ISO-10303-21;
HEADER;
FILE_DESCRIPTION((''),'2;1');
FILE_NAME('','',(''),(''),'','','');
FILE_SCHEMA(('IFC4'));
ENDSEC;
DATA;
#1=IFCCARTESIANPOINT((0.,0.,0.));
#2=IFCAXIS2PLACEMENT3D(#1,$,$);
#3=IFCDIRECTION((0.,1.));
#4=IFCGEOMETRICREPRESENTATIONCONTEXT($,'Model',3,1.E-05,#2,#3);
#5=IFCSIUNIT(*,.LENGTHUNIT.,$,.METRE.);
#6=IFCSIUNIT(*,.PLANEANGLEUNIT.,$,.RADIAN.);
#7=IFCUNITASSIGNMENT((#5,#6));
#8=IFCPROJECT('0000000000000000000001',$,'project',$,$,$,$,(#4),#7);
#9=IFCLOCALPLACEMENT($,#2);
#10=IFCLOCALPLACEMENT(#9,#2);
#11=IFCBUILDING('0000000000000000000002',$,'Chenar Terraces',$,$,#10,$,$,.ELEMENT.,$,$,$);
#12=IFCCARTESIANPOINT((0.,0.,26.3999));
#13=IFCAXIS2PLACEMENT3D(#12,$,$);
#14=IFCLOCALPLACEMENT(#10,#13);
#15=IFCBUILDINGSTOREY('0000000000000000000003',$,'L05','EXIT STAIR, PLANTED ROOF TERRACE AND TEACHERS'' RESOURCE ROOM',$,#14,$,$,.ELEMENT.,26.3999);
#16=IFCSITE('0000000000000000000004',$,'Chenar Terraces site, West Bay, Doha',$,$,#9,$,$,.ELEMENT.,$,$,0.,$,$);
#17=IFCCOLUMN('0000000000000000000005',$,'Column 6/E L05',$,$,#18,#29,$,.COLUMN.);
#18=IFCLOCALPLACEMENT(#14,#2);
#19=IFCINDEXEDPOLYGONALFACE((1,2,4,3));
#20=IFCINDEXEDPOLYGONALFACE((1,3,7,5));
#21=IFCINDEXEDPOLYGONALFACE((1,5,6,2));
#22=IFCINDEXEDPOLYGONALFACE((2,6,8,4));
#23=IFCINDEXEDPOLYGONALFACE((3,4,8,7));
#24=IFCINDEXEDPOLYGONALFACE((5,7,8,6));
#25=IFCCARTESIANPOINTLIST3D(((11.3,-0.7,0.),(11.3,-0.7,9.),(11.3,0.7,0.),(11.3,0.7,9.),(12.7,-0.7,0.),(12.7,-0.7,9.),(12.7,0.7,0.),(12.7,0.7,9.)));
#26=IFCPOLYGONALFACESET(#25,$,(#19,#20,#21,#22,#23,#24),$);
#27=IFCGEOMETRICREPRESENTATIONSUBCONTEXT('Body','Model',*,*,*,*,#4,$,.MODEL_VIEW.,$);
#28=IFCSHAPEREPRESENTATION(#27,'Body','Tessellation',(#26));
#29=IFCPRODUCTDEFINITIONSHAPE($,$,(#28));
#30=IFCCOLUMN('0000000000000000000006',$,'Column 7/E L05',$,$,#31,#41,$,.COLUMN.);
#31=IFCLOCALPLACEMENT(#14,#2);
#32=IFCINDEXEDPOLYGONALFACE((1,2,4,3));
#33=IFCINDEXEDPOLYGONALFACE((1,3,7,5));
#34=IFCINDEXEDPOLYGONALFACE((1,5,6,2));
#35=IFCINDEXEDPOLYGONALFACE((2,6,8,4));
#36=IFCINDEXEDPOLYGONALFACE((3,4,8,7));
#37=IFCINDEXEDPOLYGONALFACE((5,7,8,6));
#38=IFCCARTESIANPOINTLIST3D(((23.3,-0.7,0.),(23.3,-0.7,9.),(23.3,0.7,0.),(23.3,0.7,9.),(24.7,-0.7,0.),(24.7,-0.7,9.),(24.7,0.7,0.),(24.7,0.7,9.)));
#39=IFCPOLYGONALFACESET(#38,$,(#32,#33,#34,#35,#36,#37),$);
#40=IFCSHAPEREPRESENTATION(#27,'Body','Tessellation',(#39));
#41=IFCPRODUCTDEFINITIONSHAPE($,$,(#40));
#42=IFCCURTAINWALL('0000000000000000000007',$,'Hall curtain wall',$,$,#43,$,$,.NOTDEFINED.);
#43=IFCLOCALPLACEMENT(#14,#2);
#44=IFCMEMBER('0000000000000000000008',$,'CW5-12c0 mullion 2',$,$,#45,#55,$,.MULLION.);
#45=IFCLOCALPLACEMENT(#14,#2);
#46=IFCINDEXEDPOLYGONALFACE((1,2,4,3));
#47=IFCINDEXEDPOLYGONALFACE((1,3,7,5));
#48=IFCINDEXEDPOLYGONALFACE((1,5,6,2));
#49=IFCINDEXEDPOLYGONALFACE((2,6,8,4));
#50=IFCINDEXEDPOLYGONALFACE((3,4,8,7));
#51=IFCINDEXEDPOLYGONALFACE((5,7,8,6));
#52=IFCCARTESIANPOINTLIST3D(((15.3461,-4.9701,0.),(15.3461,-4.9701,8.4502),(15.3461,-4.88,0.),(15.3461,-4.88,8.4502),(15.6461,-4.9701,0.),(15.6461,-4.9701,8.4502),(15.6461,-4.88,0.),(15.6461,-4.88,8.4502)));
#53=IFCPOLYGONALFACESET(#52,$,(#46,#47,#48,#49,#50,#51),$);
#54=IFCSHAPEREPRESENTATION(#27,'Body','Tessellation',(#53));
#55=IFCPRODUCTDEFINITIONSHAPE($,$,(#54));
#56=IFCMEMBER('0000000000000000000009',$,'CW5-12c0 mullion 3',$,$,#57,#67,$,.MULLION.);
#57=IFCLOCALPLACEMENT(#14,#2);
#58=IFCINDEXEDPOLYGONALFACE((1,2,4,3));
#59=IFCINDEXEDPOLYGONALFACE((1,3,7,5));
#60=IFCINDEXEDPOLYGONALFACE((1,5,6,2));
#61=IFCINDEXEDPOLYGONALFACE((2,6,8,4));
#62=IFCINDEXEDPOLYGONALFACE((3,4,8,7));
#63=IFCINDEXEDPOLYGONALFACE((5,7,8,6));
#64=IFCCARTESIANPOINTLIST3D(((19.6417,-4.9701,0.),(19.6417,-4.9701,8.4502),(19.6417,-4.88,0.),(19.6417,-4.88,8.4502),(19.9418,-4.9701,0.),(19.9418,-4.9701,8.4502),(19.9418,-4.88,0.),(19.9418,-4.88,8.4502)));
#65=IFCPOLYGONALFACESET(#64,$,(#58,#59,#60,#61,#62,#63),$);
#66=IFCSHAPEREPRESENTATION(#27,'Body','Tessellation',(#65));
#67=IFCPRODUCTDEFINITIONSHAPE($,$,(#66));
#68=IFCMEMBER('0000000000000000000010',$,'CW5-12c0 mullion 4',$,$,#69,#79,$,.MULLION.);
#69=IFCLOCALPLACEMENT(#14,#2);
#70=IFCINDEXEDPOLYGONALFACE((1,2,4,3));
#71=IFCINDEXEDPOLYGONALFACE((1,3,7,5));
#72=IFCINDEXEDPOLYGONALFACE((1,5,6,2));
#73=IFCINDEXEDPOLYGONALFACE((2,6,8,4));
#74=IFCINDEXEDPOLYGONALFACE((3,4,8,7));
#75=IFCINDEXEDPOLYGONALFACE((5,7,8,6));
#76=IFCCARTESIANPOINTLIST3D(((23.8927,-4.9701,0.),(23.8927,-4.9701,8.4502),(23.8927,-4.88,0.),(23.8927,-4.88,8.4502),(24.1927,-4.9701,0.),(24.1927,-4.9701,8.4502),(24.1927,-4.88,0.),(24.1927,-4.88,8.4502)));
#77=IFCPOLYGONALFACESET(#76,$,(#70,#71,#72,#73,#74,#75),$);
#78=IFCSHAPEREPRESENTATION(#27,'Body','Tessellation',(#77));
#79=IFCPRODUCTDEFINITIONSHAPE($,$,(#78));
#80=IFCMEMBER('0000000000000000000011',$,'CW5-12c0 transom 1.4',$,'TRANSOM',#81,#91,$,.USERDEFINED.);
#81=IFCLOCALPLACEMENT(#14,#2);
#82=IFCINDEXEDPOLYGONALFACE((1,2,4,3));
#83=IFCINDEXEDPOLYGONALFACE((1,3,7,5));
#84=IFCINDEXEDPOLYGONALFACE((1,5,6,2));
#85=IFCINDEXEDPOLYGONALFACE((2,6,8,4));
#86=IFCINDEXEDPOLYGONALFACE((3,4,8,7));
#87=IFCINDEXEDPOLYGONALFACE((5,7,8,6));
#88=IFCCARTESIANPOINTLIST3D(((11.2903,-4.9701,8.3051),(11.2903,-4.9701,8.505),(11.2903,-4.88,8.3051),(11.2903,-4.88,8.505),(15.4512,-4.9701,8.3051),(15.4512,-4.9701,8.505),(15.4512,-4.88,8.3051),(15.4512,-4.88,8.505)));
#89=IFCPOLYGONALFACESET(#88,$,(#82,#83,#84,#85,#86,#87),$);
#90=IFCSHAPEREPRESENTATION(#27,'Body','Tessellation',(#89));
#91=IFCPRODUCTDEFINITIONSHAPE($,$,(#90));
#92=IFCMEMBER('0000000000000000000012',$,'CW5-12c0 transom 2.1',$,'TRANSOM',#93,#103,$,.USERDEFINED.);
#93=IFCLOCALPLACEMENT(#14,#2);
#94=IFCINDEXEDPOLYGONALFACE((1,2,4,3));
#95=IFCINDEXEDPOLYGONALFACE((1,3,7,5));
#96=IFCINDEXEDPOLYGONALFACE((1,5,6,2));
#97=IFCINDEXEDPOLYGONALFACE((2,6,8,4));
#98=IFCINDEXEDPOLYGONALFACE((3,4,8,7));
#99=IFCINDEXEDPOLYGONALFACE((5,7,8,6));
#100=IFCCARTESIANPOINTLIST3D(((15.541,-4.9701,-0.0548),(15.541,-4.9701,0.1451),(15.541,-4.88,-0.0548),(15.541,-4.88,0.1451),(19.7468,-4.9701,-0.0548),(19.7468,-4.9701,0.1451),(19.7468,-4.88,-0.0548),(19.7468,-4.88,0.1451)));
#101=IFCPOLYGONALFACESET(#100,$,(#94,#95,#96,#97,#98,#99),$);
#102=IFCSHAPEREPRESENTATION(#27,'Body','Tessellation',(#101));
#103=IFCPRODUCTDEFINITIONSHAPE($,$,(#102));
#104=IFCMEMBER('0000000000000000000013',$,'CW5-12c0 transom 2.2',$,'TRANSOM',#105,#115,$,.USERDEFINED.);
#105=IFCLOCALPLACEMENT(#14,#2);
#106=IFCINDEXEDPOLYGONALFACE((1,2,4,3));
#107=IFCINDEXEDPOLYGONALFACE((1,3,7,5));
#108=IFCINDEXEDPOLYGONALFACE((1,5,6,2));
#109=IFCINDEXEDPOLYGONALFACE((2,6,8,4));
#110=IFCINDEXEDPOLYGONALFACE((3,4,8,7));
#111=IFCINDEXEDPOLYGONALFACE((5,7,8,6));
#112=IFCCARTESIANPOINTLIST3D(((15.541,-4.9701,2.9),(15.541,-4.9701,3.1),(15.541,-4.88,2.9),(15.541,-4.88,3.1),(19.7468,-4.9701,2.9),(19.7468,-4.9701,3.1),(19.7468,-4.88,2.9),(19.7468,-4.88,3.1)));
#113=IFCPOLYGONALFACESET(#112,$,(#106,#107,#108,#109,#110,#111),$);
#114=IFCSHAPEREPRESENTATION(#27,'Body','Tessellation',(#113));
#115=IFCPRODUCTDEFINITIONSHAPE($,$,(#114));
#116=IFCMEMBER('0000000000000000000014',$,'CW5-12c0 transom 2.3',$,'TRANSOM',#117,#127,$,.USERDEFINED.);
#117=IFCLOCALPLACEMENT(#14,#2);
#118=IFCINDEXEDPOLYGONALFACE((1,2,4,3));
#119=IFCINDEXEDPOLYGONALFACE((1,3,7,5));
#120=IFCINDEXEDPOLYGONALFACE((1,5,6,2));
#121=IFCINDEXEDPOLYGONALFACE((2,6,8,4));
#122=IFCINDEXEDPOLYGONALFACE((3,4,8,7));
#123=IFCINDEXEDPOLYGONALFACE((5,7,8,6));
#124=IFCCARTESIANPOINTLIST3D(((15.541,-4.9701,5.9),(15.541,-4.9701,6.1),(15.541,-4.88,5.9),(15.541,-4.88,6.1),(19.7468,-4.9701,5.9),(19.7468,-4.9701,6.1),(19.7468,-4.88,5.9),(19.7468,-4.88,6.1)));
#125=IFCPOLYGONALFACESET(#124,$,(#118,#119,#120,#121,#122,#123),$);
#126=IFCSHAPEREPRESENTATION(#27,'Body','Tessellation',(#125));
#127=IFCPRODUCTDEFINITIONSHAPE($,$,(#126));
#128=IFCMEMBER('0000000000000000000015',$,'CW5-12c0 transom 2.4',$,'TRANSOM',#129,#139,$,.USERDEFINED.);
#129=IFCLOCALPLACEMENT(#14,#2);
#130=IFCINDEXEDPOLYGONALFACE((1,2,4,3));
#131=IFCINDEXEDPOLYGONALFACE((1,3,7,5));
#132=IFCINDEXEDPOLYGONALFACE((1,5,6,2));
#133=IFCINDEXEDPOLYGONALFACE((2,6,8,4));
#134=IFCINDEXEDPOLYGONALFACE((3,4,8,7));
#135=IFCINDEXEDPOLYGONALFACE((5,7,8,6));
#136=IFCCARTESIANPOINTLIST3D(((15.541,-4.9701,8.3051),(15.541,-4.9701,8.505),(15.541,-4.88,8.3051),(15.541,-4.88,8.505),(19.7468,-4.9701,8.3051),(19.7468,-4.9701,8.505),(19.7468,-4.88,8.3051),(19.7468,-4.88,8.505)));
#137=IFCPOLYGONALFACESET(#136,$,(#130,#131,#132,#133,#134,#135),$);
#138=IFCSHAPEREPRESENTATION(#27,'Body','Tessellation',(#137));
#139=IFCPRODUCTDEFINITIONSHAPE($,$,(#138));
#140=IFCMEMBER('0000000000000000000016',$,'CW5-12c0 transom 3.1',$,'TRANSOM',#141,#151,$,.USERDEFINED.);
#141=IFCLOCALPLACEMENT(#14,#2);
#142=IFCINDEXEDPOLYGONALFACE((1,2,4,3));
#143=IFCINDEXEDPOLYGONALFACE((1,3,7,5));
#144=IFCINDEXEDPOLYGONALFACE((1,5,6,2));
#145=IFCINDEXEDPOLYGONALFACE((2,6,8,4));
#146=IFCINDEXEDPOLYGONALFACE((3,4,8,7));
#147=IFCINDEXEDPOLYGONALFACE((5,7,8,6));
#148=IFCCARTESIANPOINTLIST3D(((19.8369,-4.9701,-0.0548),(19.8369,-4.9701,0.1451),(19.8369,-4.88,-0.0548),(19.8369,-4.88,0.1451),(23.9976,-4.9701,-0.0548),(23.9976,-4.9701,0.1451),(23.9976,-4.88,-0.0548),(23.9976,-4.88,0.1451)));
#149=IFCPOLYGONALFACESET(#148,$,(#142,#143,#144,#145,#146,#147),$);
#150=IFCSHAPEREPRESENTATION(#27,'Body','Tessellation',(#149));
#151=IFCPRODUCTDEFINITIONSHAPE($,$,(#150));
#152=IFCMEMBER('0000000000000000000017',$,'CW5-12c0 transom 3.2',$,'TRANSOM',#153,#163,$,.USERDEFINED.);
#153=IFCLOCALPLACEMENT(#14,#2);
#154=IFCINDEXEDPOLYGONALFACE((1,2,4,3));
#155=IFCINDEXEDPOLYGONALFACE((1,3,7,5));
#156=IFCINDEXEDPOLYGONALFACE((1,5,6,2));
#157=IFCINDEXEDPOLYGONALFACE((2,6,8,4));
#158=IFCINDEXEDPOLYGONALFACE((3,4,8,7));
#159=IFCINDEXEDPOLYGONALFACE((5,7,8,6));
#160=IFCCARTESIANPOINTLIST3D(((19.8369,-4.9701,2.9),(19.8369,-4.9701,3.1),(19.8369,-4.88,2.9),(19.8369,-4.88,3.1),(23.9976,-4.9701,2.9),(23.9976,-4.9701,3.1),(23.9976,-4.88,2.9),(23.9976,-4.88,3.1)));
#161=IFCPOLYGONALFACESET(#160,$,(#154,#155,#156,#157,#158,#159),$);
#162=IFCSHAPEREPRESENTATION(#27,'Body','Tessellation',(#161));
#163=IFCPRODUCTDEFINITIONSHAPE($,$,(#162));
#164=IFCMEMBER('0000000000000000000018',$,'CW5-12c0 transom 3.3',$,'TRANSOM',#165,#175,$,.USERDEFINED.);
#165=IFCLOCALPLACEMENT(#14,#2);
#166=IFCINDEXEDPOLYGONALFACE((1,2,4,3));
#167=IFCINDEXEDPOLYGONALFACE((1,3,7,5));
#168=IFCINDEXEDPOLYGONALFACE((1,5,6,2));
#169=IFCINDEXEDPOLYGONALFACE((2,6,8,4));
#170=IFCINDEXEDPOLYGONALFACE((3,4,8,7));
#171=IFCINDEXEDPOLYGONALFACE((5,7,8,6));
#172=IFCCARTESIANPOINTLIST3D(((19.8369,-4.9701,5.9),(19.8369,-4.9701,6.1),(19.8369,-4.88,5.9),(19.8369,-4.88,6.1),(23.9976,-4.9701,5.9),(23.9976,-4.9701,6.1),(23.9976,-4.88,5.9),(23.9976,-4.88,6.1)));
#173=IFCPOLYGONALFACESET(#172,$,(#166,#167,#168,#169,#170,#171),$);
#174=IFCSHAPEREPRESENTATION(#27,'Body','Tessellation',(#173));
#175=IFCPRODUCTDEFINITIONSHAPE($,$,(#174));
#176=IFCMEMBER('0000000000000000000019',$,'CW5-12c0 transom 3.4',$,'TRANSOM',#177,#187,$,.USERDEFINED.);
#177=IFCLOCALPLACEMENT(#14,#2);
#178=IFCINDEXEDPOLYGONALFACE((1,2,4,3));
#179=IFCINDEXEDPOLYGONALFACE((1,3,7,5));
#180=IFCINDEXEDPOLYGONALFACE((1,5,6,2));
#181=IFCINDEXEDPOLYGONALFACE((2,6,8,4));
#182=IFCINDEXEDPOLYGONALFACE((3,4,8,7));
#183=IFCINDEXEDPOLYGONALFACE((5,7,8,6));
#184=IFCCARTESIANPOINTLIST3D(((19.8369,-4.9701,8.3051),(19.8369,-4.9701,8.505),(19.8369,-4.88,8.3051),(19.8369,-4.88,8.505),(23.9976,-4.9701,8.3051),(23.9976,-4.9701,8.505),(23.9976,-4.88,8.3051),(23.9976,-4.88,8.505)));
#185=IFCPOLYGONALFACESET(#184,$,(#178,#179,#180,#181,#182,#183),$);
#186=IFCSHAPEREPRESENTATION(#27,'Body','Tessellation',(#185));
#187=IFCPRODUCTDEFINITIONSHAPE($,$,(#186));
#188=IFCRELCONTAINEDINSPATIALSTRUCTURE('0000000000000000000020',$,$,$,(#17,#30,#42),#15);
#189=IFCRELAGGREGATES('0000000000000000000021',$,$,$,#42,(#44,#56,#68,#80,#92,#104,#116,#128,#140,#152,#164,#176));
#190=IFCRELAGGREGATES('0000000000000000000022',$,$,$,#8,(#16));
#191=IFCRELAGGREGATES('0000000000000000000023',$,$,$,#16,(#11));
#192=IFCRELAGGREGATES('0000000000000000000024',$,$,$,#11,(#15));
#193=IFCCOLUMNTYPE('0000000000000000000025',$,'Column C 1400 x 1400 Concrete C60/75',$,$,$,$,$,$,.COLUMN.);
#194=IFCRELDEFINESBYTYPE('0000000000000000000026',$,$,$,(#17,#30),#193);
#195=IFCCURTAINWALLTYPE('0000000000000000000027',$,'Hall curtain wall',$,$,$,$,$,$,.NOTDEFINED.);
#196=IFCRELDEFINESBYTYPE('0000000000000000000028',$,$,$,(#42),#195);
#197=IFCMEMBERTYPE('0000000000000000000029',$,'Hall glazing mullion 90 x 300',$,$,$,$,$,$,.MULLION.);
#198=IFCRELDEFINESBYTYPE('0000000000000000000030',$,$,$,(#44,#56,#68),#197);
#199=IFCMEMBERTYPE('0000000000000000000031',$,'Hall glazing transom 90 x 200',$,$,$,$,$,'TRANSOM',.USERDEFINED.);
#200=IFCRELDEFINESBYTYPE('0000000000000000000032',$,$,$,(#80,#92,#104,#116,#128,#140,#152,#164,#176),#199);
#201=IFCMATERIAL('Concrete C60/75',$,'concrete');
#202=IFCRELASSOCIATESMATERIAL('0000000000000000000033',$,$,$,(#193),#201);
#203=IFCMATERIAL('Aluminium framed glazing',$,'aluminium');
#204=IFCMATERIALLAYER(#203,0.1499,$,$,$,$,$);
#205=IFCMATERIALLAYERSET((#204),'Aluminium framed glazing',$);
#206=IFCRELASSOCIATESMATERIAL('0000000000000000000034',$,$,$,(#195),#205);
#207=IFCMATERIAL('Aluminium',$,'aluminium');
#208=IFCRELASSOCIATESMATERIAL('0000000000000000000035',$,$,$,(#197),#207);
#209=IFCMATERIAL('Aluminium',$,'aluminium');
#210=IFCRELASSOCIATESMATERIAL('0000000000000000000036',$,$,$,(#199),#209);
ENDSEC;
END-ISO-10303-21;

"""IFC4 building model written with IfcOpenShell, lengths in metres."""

from ifc_helpers import new_model, si_unit, direction, frame, origin, origin_2d, place, context, subcontext, project, spatial, rectangle, extrude, material, layer, layer_set, material_profile, profile_set, type_object, element, aggregate, save


model = new_model("IFC4")

# Units and contexts
model_context = context("Model", 3, precision=1e-05, world=origin(), true_north=direction((0.0, 1.0)))
body_context = subcontext(model_context, "Body", "Model", "MODEL_VIEW")
ifc_project = project(units=[si_unit("LENGTHUNIT", "METRE"), si_unit("PLANEANGLEUNIT", "RADIAN")], contexts=[model_context])

# Site, building, storey
site_placement = place(None, origin())
site = spatial("IfcSite", under=ifc_project, at=site_placement, Name="Chenar Terraces site, West Bay, Doha", CompositionType="ELEMENT", RefElevation=0.0)
building_placement = place(site_placement, origin())
building = spatial("IfcBuilding", under=site, at=building_placement, Name="Chenar Terraces", CompositionType="ELEMENT")
storey_placement = place(building_placement, frame((0.0, 0.0, 26.3999)))
storey = spatial("IfcBuildingStorey", under=building, at=storey_placement, Name="L05", Description="EXIT STAIR, PLANTED ROOF TERRACE AND TEACHERS' RESOURCE ROOM", CompositionType="ELEMENT", Elevation=26.3999)

# Columns
ifc_material_1 = material(Name="Concrete C60/75", Category="concrete")
ifc_material_profile_1 = material_profile(ifc_material_1, rectangle(XDim=1.3999, YDim=1.3999, at=origin_2d()), Name="C 1400 x 1400")
ifc_profile_set_1 = profile_set([ifc_material_profile_1], Name="Concrete C60/75")
column_type = type_object("IfcColumnType", Name="Column C 1400 x 1400 Concrete C60/75", PredefinedType="COLUMN", material=ifc_profile_set_1)
for number, where, z_axis, x_axis, name in (
    (1, (12.0, 0.0, 0.0), (0.0, 0.0, 1.0), (1.0, 0.0, 0.0), "Column 6/E L05"),
    (2, (24.0, 0.0, 0.0), (0.0, 0.0, 1.0), (1.0, 0.0, 0.0), "Column 7/E L05"),
):
    element("IfcColumn", number, at=place(storey_placement, frame(where, z_axis=z_axis, x_axis=x_axis)), inside=storey, type_object=column_type, Name=name, PredefinedType="COLUMN", context=body_context, shape_type="SweptSolid", body=[
        extrude(rectangle(XDim=1.3999, YDim=1.3999, at=origin_2d()), origin(), (0.0, 0.0, 1.0), 9.0),
    ])

# Curtain wall, members
ifc_material_2 = material(Name="Aluminium framed glazing", Category="aluminium")
ifc_layer_1 = layer(ifc_material_2, 0.1499)
ifc_layer_set_1 = layer_set([ifc_layer_1], Name="Aluminium framed glazing")
curtain_wall_type = type_object("IfcCurtainWallType", Name="Hall curtain wall", PredefinedType="NOTDEFINED", material=ifc_layer_set_1)
curtain_wall_placement = place(storey_placement, origin())
curtain_wall = element("IfcCurtainWall", 3, at=curtain_wall_placement, inside=storey, type_object=curtain_wall_type, Name="Hall curtain wall", PredefinedType="NOTDEFINED")
ifc_material_3 = material(Name="Aluminium", Category="aluminium")
ifc_material_profile_2 = material_profile(ifc_material_3, rectangle(XDim=0.0901, YDim=0.3, at=origin_2d()), Name="Hall glazing mullion 90 x 300")
ifc_profile_set_2 = profile_set([ifc_material_profile_2], Name="Aluminium")
member_type_1 = type_object("IfcMemberType", Name="Hall glazing mullion 90 x 300", PredefinedType="MULLION", material=ifc_profile_set_2)
member_1_placement = place(storey_placement, frame((15.4961, -4.925, 0.0), z_axis=(0.0, 0.0, 1.0), x_axis=(0.0, 1.0, 0.0)))
member_1 = element("IfcMember", 4, at=member_1_placement, type_object=member_type_1, Name="CW5-12c0 mullion 2", PredefinedType="MULLION", context=body_context, shape_type="SweptSolid", body=[
    extrude(rectangle(XDim=0.0901, YDim=0.3, at=origin_2d()), origin(), (0.0, 0.0, 1.0), 8.4502),
])
member_2_placement = place(storey_placement, frame((19.7917, -4.925, 0.0), z_axis=(0.0, 0.0, 1.0), x_axis=(0.0, 1.0, 0.0)))
member_2 = element("IfcMember", 5, at=member_2_placement, type_object=member_type_1, Name="CW5-12c0 mullion 3", PredefinedType="MULLION", context=body_context, shape_type="SweptSolid", body=[
    extrude(rectangle(XDim=0.0901, YDim=0.3, at=origin_2d()), origin(), (0.0, 0.0, 1.0), 8.4502),
])
member_3_placement = place(storey_placement, frame((24.0427, -4.925, 0.0), z_axis=(0.0, 0.0, 1.0), x_axis=(0.0, 1.0, 0.0)))
member_3 = element("IfcMember", 6, at=member_3_placement, type_object=member_type_1, Name="CW5-12c0 mullion 4", PredefinedType="MULLION", context=body_context, shape_type="SweptSolid", body=[
    extrude(rectangle(XDim=0.0901, YDim=0.3, at=origin_2d()), origin(), (0.0, 0.0, 1.0), 8.4502),
])
ifc_material_4 = material(Name="Aluminium", Category="aluminium")
ifc_material_profile_3 = material_profile(ifc_material_4, rectangle(XDim=0.0901, YDim=0.2, at=origin_2d()), Name="Hall glazing transom 90 x 200")
ifc_profile_set_3 = profile_set([ifc_material_profile_3], Name="Aluminium")
member_type_2 = type_object("IfcMemberType", Name="Hall glazing transom 90 x 200", ElementType="TRANSOM", PredefinedType="USERDEFINED", material=ifc_profile_set_3)
member_4_placement = place(storey_placement, frame((11.2903, -4.925, 8.405), z_axis=(1.0, 0.0, 0.0), x_axis=(0.0, 1.0, 0.0)))
member_4 = element("IfcMember", 7, at=member_4_placement, type_object=member_type_2, Name="CW5-12c0 transom 1.4", ObjectType="TRANSOM", PredefinedType="USERDEFINED", context=body_context, shape_type="SweptSolid", body=[
    extrude(rectangle(XDim=0.0901, YDim=0.2, at=origin_2d()), origin(), (0.0, 0.0, 1.0), 4.1609),
])
member_5_placement = place(storey_placement, frame((15.541, -4.925, 0.0452), z_axis=(1.0, 0.0, 0.0), x_axis=(0.0, 1.0, 0.0)))
member_5 = element("IfcMember", 8, at=member_5_placement, type_object=member_type_2, Name="CW5-12c0 transom 2.1", ObjectType="TRANSOM", PredefinedType="USERDEFINED", context=body_context, shape_type="SweptSolid", body=[
    extrude(rectangle(XDim=0.0901, YDim=0.2, at=origin_2d()), origin(), (0.0, 0.0, 1.0), 4.2058),
])
member_6_placement = place(storey_placement, frame((15.541, -4.925, 3.0), z_axis=(1.0, 0.0, 0.0), x_axis=(0.0, 1.0, 0.0)))
member_6 = element("IfcMember", 9, at=member_6_placement, type_object=member_type_2, Name="CW5-12c0 transom 2.2", ObjectType="TRANSOM", PredefinedType="USERDEFINED", context=body_context, shape_type="SweptSolid", body=[
    extrude(rectangle(XDim=0.0901, YDim=0.2, at=origin_2d()), origin(), (0.0, 0.0, 1.0), 4.2058),
])
member_7_placement = place(storey_placement, frame((15.541, -4.925, 6.0), z_axis=(1.0, 0.0, 0.0), x_axis=(0.0, 1.0, 0.0)))
member_7 = element("IfcMember", 10, at=member_7_placement, type_object=member_type_2, Name="CW5-12c0 transom 2.3", ObjectType="TRANSOM", PredefinedType="USERDEFINED", context=body_context, shape_type="SweptSolid", body=[
    extrude(rectangle(XDim=0.0901, YDim=0.2, at=origin_2d()), origin(), (0.0, 0.0, 1.0), 4.2058),
])
member_8_placement = place(storey_placement, frame((15.541, -4.925, 8.405), z_axis=(1.0, 0.0, 0.0), x_axis=(0.0, 1.0, 0.0)))
member_8 = element("IfcMember", 11, at=member_8_placement, type_object=member_type_2, Name="CW5-12c0 transom 2.4", ObjectType="TRANSOM", PredefinedType="USERDEFINED", context=body_context, shape_type="SweptSolid", body=[
    extrude(rectangle(XDim=0.0901, YDim=0.2, at=origin_2d()), origin(), (0.0, 0.0, 1.0), 4.2058),
])
member_9_placement = place(storey_placement, frame((19.8369, -4.925, 0.0452), z_axis=(1.0, 0.0, 0.0), x_axis=(0.0, 1.0, 0.0)))
member_9 = element("IfcMember", 12, at=member_9_placement, type_object=member_type_2, Name="CW5-12c0 transom 3.1", ObjectType="TRANSOM", PredefinedType="USERDEFINED", context=body_context, shape_type="SweptSolid", body=[
    extrude(rectangle(XDim=0.0901, YDim=0.2, at=origin_2d()), origin(), (0.0, 0.0, 1.0), 4.1606),
])
member_10_placement = place(storey_placement, frame((19.8369, -4.925, 3.0), z_axis=(1.0, 0.0, 0.0), x_axis=(0.0, 1.0, 0.0)))
member_10 = element("IfcMember", 13, at=member_10_placement, type_object=member_type_2, Name="CW5-12c0 transom 3.2", ObjectType="TRANSOM", PredefinedType="USERDEFINED", context=body_context, shape_type="SweptSolid", body=[
    extrude(rectangle(XDim=0.0901, YDim=0.2, at=origin_2d()), origin(), (0.0, 0.0, 1.0), 4.1606),
])
member_11_placement = place(storey_placement, frame((19.8369, -4.925, 6.0), z_axis=(1.0, 0.0, 0.0), x_axis=(0.0, 1.0, 0.0)))
member_11 = element("IfcMember", 14, at=member_11_placement, type_object=member_type_2, Name="CW5-12c0 transom 3.3", ObjectType="TRANSOM", PredefinedType="USERDEFINED", context=body_context, shape_type="SweptSolid", body=[
    extrude(rectangle(XDim=0.0901, YDim=0.2, at=origin_2d()), origin(), (0.0, 0.0, 1.0), 4.1606),
])
member_12_placement = place(storey_placement, frame((19.8369, -4.925, 8.405), z_axis=(1.0, 0.0, 0.0), x_axis=(0.0, 1.0, 0.0)))
member_12 = element("IfcMember", 15, at=member_12_placement, type_object=member_type_2, Name="CW5-12c0 transom 3.4", ObjectType="TRANSOM", PredefinedType="USERDEFINED", context=body_context, shape_type="SweptSolid", body=[
    extrude(rectangle(XDim=0.0901, YDim=0.2, at=origin_2d()), origin(), (0.0, 0.0, 1.0), 4.1606),
])
aggregate(curtain_wall, [member_1, member_2, member_3, member_4, member_5, member_6, member_7, member_8, member_9, member_10, member_11, member_12])

save(model, "model.ifc")
